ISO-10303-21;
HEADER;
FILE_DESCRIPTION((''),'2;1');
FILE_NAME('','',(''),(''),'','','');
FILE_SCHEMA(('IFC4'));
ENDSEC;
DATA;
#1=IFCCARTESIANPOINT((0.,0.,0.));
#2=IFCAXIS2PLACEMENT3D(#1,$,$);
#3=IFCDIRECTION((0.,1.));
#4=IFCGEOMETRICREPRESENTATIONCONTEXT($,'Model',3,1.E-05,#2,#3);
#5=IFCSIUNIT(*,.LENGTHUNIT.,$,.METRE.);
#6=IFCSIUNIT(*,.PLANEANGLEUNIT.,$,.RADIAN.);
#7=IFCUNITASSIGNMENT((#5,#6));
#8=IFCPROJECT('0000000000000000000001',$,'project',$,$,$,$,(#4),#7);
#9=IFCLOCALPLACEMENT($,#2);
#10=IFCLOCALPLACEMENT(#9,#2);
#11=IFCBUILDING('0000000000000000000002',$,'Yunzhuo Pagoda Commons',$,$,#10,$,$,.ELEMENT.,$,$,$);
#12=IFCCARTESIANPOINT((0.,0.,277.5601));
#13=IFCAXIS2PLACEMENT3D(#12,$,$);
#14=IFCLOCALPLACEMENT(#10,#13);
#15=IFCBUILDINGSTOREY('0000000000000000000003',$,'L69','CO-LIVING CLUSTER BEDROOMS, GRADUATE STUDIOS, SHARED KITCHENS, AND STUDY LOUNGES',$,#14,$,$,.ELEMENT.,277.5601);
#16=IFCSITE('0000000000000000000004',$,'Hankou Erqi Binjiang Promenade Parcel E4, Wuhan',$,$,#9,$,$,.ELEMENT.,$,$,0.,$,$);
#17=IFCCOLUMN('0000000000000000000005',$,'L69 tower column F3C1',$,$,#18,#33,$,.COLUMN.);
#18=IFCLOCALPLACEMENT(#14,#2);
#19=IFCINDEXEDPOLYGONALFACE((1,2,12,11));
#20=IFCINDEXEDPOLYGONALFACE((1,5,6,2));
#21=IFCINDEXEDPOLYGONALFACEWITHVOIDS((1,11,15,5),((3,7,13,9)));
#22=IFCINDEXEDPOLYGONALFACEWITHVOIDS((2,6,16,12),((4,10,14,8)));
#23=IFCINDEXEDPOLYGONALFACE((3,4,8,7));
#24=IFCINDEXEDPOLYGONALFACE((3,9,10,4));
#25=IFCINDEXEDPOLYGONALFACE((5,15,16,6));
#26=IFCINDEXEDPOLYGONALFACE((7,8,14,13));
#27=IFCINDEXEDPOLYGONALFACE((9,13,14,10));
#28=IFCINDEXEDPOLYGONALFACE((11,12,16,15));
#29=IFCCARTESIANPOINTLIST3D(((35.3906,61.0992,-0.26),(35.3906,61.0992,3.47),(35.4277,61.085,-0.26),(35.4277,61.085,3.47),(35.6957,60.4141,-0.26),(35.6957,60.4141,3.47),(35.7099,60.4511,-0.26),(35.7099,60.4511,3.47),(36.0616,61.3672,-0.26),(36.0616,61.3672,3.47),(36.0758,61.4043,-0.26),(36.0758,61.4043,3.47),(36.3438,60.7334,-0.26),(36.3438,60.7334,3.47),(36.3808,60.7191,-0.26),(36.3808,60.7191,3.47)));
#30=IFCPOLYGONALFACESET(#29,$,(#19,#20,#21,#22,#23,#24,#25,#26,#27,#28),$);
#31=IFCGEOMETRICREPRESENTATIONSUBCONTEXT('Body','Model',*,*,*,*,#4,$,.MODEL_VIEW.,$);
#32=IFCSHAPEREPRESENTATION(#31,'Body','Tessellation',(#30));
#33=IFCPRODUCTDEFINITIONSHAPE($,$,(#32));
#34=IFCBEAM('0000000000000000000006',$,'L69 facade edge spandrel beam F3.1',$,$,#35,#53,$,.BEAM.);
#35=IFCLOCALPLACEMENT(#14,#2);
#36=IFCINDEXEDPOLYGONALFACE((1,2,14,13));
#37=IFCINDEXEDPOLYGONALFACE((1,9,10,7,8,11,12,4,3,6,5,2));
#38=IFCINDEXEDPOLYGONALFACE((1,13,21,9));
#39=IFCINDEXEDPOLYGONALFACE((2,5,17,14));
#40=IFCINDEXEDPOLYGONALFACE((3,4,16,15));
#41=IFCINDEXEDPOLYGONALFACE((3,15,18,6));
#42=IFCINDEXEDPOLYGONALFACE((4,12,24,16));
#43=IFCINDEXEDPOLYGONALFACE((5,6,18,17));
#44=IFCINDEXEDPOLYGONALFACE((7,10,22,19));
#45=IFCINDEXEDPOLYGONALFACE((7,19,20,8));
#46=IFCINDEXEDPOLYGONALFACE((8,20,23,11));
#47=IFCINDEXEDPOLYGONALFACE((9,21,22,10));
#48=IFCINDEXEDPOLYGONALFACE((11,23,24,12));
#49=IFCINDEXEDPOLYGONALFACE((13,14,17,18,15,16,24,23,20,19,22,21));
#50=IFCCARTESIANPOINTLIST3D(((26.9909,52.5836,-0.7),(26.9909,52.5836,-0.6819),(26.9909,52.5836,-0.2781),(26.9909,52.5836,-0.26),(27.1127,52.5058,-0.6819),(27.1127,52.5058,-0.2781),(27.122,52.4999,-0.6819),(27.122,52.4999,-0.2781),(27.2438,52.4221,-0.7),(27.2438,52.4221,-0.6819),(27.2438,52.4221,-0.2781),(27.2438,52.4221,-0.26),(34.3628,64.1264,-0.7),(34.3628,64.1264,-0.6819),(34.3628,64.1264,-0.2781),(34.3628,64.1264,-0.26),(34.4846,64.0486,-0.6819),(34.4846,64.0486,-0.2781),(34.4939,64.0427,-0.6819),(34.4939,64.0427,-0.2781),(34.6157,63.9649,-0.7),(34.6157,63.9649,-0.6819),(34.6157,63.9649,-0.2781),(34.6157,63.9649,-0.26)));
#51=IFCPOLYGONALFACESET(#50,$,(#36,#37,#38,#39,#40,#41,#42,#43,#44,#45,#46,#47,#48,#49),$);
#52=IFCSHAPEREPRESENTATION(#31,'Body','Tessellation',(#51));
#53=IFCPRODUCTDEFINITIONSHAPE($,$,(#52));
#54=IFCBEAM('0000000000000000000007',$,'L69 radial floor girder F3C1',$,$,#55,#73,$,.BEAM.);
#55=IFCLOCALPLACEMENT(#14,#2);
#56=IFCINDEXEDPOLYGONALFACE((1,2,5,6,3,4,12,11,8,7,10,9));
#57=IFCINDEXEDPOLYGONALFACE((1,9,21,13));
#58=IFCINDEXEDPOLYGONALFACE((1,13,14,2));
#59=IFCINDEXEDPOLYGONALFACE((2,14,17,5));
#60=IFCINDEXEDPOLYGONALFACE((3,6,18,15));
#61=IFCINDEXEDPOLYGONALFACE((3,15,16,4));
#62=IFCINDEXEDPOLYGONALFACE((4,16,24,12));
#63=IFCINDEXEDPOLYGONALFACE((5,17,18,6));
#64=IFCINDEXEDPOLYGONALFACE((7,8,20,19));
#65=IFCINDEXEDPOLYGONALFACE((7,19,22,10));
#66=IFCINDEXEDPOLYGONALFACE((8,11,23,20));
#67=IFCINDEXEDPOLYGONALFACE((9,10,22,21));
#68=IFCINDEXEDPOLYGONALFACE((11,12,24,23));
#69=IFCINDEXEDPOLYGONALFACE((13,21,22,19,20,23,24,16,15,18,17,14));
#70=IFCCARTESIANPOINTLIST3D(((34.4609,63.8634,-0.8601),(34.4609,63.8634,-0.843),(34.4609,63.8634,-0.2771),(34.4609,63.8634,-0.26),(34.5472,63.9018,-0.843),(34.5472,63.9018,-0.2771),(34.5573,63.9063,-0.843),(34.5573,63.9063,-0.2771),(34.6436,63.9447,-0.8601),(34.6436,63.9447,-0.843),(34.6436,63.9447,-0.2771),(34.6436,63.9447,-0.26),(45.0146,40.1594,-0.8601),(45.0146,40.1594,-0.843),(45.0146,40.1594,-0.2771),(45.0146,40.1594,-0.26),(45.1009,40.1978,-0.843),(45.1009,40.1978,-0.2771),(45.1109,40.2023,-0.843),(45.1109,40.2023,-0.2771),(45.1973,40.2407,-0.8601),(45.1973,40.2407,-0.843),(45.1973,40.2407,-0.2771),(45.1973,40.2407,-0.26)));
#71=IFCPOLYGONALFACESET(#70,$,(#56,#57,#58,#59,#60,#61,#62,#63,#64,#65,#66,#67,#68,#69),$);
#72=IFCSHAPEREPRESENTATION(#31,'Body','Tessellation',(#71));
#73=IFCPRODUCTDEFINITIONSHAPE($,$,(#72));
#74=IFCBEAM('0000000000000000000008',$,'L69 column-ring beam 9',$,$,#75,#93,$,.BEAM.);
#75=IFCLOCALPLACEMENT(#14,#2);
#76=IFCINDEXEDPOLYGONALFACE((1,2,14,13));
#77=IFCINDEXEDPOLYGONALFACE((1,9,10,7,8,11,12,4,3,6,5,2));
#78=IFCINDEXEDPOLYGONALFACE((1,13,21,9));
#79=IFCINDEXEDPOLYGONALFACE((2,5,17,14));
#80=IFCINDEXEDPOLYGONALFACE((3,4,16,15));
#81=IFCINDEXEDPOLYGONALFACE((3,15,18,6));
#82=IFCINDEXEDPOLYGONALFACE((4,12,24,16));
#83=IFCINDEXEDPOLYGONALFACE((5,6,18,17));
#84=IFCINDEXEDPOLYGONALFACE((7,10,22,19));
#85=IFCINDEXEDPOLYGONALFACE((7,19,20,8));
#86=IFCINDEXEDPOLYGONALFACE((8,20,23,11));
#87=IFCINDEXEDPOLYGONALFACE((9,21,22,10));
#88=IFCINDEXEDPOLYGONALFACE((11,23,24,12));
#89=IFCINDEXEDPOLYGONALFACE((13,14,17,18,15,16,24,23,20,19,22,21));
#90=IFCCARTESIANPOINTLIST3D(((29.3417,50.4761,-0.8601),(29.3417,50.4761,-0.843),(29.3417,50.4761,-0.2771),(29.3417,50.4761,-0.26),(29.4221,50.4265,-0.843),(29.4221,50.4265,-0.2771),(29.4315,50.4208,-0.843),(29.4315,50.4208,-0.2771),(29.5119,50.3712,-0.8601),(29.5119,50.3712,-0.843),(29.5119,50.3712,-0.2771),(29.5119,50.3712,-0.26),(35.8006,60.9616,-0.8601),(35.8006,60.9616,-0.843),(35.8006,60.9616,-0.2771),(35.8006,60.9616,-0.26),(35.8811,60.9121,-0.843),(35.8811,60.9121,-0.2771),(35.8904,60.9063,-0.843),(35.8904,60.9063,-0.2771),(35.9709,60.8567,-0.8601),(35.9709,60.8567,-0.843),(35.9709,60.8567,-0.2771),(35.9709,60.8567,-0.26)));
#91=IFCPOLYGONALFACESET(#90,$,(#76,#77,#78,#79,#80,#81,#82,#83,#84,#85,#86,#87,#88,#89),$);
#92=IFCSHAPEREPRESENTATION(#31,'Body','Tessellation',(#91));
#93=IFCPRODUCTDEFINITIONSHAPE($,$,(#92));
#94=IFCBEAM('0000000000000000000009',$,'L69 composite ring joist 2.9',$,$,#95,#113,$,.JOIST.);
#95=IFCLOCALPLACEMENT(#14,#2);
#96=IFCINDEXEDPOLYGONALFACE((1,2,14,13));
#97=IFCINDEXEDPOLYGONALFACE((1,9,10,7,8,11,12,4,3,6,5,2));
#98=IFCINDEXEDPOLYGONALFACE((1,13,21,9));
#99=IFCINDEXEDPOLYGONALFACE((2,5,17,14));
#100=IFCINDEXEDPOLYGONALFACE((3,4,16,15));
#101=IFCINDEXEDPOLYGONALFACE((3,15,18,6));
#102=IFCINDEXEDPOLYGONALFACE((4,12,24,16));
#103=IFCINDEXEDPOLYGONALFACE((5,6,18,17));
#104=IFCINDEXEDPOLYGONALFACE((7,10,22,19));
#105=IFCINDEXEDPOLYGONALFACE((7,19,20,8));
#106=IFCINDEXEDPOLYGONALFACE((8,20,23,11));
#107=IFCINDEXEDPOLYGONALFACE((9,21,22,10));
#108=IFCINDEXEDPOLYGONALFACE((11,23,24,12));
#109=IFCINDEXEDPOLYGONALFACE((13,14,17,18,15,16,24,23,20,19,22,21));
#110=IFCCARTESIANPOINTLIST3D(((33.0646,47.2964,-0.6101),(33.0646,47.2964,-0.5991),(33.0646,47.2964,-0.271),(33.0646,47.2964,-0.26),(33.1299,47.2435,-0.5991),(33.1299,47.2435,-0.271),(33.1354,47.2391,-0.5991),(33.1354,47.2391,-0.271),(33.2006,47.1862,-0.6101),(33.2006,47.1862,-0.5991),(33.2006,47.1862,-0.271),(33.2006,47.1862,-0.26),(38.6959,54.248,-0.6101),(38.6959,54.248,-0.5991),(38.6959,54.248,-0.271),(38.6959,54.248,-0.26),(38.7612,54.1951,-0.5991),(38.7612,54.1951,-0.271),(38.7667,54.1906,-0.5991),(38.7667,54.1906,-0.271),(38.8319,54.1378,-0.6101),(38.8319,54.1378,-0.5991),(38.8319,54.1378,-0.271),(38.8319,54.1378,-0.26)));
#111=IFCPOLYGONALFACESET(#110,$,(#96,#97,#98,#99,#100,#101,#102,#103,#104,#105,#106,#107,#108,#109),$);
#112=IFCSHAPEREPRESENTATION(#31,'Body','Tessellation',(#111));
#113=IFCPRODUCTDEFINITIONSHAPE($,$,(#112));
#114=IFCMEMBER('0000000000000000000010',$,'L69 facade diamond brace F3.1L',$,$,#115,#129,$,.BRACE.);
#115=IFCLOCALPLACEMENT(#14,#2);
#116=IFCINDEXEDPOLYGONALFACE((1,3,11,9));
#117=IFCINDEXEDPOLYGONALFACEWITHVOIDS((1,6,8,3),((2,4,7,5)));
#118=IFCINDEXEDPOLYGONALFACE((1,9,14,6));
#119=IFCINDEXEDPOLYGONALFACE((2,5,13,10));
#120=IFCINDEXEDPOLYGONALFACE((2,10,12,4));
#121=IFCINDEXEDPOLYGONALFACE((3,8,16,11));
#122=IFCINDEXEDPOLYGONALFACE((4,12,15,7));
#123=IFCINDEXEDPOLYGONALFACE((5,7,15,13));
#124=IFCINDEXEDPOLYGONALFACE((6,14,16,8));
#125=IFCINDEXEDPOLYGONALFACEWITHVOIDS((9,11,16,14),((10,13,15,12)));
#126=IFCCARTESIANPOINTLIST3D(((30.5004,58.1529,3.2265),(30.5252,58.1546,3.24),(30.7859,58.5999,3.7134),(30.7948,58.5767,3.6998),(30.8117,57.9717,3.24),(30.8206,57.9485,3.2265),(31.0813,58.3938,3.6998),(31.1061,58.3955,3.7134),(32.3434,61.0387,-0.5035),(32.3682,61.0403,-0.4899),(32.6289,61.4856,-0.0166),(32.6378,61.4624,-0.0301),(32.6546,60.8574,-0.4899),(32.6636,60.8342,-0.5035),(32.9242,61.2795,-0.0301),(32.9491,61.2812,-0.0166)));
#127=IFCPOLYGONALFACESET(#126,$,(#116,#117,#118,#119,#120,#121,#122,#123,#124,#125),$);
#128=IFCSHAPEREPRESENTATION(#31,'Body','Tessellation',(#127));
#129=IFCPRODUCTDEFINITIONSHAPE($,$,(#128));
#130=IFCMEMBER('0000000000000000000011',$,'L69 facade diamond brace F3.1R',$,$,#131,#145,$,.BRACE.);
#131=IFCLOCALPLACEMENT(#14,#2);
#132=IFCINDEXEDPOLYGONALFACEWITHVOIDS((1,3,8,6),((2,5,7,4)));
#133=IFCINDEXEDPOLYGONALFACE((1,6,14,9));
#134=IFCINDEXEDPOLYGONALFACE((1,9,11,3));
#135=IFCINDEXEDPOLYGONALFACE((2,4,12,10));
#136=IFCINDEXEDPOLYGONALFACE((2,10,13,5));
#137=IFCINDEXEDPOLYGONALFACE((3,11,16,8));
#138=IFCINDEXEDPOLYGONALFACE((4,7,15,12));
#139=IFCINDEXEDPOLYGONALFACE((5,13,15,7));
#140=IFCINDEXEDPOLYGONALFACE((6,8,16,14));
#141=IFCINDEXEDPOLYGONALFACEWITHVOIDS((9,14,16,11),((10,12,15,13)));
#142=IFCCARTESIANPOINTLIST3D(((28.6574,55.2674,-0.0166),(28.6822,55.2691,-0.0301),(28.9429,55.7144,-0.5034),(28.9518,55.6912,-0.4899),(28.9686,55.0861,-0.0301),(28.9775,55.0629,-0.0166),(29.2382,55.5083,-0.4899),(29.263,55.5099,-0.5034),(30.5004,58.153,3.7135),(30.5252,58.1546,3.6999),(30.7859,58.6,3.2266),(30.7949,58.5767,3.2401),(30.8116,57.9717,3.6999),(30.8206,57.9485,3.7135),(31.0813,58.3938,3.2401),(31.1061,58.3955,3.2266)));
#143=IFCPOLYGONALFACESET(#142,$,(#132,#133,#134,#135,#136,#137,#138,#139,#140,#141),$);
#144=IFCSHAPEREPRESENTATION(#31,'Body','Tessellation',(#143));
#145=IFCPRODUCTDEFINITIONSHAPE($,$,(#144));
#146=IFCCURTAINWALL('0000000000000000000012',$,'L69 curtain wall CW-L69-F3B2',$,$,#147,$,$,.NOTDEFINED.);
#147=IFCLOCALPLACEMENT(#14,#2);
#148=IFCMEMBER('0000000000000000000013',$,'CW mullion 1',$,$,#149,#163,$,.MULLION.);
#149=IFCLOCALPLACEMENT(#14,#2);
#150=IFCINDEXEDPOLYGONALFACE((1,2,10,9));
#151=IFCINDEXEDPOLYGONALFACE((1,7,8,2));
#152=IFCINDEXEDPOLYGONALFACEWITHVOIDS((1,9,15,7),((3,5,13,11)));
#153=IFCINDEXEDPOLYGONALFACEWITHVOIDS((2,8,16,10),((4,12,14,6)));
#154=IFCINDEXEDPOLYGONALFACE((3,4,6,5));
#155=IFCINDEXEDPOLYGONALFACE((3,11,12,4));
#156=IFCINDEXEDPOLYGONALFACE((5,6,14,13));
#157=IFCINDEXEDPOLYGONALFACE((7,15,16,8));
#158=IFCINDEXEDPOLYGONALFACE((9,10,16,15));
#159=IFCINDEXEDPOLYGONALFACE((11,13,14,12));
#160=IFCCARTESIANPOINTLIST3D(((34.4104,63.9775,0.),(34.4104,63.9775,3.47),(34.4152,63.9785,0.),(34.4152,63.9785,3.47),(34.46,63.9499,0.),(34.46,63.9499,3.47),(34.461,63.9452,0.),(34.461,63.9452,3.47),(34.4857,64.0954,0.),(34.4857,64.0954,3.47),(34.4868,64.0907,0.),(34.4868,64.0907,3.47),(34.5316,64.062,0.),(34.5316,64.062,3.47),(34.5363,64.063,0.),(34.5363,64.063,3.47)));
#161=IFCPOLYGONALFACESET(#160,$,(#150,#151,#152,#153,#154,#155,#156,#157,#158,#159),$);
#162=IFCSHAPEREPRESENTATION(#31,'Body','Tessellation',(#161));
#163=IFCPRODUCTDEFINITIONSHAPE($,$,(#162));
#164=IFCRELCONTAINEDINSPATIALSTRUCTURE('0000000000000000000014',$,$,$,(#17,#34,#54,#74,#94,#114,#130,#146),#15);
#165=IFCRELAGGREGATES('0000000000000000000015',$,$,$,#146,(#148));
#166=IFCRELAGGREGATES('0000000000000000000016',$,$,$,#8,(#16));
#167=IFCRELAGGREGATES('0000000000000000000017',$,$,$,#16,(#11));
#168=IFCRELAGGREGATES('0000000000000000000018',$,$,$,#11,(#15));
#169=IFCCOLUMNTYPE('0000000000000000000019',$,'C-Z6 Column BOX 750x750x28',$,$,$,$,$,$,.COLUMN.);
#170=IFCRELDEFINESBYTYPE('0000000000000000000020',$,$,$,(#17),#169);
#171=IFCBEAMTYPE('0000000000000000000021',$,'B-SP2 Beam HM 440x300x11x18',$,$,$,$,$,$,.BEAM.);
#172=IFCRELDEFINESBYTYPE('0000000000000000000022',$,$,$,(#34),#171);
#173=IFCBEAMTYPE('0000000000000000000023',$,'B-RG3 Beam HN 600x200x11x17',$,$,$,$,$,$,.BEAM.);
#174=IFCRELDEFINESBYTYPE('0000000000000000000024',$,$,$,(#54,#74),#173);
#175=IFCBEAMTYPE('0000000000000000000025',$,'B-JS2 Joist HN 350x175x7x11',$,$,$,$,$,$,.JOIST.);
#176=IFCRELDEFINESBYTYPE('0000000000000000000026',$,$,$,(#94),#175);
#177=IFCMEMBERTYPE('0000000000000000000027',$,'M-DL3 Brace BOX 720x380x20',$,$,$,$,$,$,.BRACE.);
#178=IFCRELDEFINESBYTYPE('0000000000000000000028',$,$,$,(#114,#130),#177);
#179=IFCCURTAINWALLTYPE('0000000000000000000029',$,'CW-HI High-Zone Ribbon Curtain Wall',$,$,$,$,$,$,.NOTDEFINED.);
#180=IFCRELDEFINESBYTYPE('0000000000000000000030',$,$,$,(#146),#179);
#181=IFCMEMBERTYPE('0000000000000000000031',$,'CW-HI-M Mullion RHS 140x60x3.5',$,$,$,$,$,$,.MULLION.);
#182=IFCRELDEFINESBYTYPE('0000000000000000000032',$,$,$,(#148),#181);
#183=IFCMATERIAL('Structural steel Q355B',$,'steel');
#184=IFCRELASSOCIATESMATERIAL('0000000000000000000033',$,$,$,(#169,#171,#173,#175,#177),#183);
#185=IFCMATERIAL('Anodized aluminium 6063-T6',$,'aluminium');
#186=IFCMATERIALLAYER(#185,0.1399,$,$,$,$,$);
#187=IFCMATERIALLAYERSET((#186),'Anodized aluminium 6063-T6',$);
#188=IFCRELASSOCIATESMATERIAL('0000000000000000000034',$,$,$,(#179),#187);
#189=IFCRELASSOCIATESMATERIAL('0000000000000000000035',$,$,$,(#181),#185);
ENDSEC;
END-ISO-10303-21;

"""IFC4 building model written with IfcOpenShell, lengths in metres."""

from ifc_helpers import new_model, si_unit, direction, frame, origin, origin_2d, place, context, subcontext, project, spatial, hollow_rectangle, i_section, extrude, source, transform, mapped, material, layer, layer_set, material_profile, profile_set, type_object, element, aggregate, save


model = new_model("IFC4")

# Units and contexts
model_context = context("Model", 3, precision=1e-05, world=origin(), true_north=direction((0.0, 1.0)))
body_context = subcontext(model_context, "Body", "Model", "MODEL_VIEW")
ifc_project = project(units=[si_unit("LENGTHUNIT", "METRE"), si_unit("PLANEANGLEUNIT", "RADIAN")], contexts=[model_context])

# Site, building, storey
site_placement = place(None, origin())
site = spatial("IfcSite", under=ifc_project, at=site_placement, Name="Hankou Erqi Binjiang Promenade Parcel E4, Wuhan", CompositionType="ELEMENT", RefElevation=0.0)
building_placement = place(site_placement, origin())
building = spatial("IfcBuilding", under=site, at=building_placement, Name="Yunzhuo Pagoda Commons", CompositionType="ELEMENT")
storey_placement = place(building_placement, frame((0.0, 0.0, 277.5601)))
storey = spatial("IfcBuildingStorey", under=building, at=storey_placement, Name="L69", Description="CO-LIVING CLUSTER BEDROOMS, GRADUATE STUDIOS, SHARED KITCHENS, AND STUDY LOUNGES", CompositionType="ELEMENT", Elevation=277.5601)

# Column
ifc_material_1 = material(Name="Structural steel Q355B", Category="steel")
ifc_material_profile_1 = material_profile(ifc_material_1, hollow_rectangle(XDim=0.75, YDim=0.75, WallThickness=0.0281, at=origin_2d()), Name="Structural steel Q355B")
ifc_profile_set_1 = profile_set([ifc_material_profile_1], Name="Structural steel Q355B")
column_type = type_object("IfcColumnType", Name="C-Z6 Column BOX 750x750x28", PredefinedType="COLUMN", material=ifc_profile_set_1)
shared_shape_1 = source(origin(), body_context, "Body", "SweptSolid", [
    extrude(hollow_rectangle(XDim=0.75, YDim=0.75, WallThickness=0.0281, at=origin_2d()), origin(), (0.0, 0.0, 1.0), 3.73),
])
column_placement = place(storey_placement, frame((35.8857, 60.9092, -0.26), z_axis=(0.0, 0.0, 1.0), x_axis=(-0.913545, -0.406737, 0.0)))
element("IfcColumn", 1, at=column_placement, inside=storey, type_object=column_type, Name="L69 tower column F3C1", PredefinedType="COLUMN", context=body_context, shape_type="MappedRepresentation", body=[
    mapped(shared_shape_1, transform((0.0, 0.0, 0.0), scale=1.0)),
])

# Beams
ifc_material_profile_2 = material_profile(ifc_material_1, i_section(OverallWidth=0.3, OverallDepth=0.4399, WebThickness=0.011, FlangeThickness=0.0181, at=origin_2d()), Name="Structural steel Q355B")
ifc_profile_set_2 = profile_set([ifc_material_profile_2], Name="Structural steel Q355B")
beam_type_1 = type_object("IfcBeamType", Name="B-SP2 Beam HM 440x300x11x18", PredefinedType="BEAM", material=ifc_profile_set_2)
shared_shape_2 = source(origin(), body_context, "Body", "SweptSolid", [
    extrude(i_section(OverallWidth=0.3, OverallDepth=0.4399, WebThickness=0.011, FlangeThickness=0.0181, at=origin_2d()), origin(), (0.0, 0.0, 1.0), 13.696),
])
beam_1_placement = place(storey_placement, frame((34.4893, 64.0457, -0.48), z_axis=(-0.53825, -0.842785, 0.0), x_axis=(0.842785, -0.53825, 0.0)))
element("IfcBeam", 2, at=beam_1_placement, inside=storey, type_object=beam_type_1, Name="L69 facade edge spandrel beam F3.1", PredefinedType="BEAM", context=body_context, shape_type="MappedRepresentation", body=[
    mapped(shared_shape_2, transform((0.0, 0.0, 0.0), scale=1.0)),
])
ifc_material_profile_3 = material_profile(ifc_material_1, i_section(OverallWidth=0.2, OverallDepth=0.6001, WebThickness=0.011, FlangeThickness=0.0171, at=origin_2d()), Name="Structural steel Q355B")
ifc_profile_set_3 = profile_set([ifc_material_profile_3], Name="Structural steel Q355B")
beam_type_2 = type_object("IfcBeamType", Name="B-RG3 Beam HN 600x200x11x17", PredefinedType="BEAM", material=ifc_profile_set_3)
shared_shape_3 = source(origin(), body_context, "Body", "SweptSolid", [
    extrude(i_section(OverallWidth=0.2, OverallDepth=0.6001, WebThickness=0.011, FlangeThickness=0.0171, at=origin_2d()), origin(), (0.0, 0.0, 1.0), 25.9473),
])
beam_2_placement = place(storey_placement, frame((34.5522, 63.9041, -0.5601), z_axis=(0.406736, -0.913546, 0.0), x_axis=(0.913546, 0.406736, 0.0)))
element("IfcBeam", 3, at=beam_2_placement, inside=storey, type_object=beam_type_2, Name="L69 radial floor girder F3C1", PredefinedType="BEAM", context=body_context, shape_type="MappedRepresentation", body=[
    mapped(shared_shape_3, transform((0.0, 0.0, 0.0), scale=1.0)),
])
shared_shape_4 = source(origin(), body_context, "Body", "SweptSolid", [
    extrude(i_section(OverallWidth=0.2, OverallDepth=0.6001, WebThickness=0.011, FlangeThickness=0.0171, at=origin_2d()), origin(), (0.0, 0.0, 1.0), 12.3152),
])
beam_3_placement = place(storey_placement, frame((35.8857, 60.9092, -0.5601), z_axis=(-0.524469, -0.85143, 0.0), x_axis=(0.85143, -0.524469, 0.0)))
element("IfcBeam", 4, at=beam_3_placement, inside=storey, type_object=beam_type_2, Name="L69 column-ring beam 9", PredefinedType="BEAM", context=body_context, shape_type="MappedRepresentation", body=[
    mapped(shared_shape_4, transform((0.0, 0.0, 0.0), scale=1.0)),
])
ifc_material_profile_4 = material_profile(ifc_material_1, i_section(OverallWidth=0.175, OverallDepth=0.3501, WebThickness=0.0071, FlangeThickness=0.011, at=origin_2d()), Name="Structural steel Q355B")
ifc_profile_set_4 = profile_set([ifc_material_profile_4], Name="Structural steel Q355B")
beam_type_3 = type_object("IfcBeamType", Name="B-JS2 Joist HN 350x175x7x11", PredefinedType="JOIST", material=ifc_profile_set_4)
shared_shape_5 = source(origin(), body_context, "Body", "SweptSolid", [
    extrude(i_section(OverallWidth=0.175, OverallDepth=0.3501, WebThickness=0.0071, FlangeThickness=0.011, at=origin_2d()), origin(), (0.0, 0.0, 1.0), 8.9463),
])
beam_4_placement = place(storey_placement, frame((38.7639, 54.1929, -0.4351), z_axis=(-0.629456, -0.777036, 0.0), x_axis=(0.777036, -0.629456, 0.0)))
element("IfcBeam", 5, at=beam_4_placement, inside=storey, type_object=beam_type_3, Name="L69 composite ring joist 2.9", PredefinedType="JOIST", context=body_context, shape_type="MappedRepresentation", body=[
    mapped(shared_shape_5, transform((0.0, 0.0, 0.0), scale=1.0)),
])

# Members
ifc_material_profile_5 = material_profile(ifc_material_1, hollow_rectangle(XDim=0.3799, YDim=0.72, WallThickness=0.02, at=origin_2d()), Name="Structural steel Q355B")
ifc_profile_set_5 = profile_set([ifc_material_profile_5], Name="Structural steel Q355B")
member_type_1 = type_object("IfcMemberType", Name="M-DL3 Brace BOX 720x380x20", PredefinedType="BRACE", material=ifc_profile_set_5)
shared_shape_6 = source(origin(), body_context, "Body", "SweptSolid", [
    extrude(hollow_rectangle(XDim=0.3799, YDim=0.72, WallThickness=0.02, at=origin_2d()), origin(), (0.0, 0.0, 1.0), 5.0632),
])
for number, where, z_axis, x_axis, name in (
    (6, (32.6462, 61.1599, -0.26), (-0.363996, -0.569933, 0.73667), (0.842783, -0.538254, 0.0), "L69 facade diamond brace F3.1L"),
    (7, (28.9602, 55.3887, -0.26), (0.364006, 0.569901, 0.736691), (-0.842762, 0.538287, 0.0), "L69 facade diamond brace F3.1R"),
):
    element("IfcMember", number, at=place(storey_placement, frame(where, z_axis=z_axis, x_axis=x_axis)), inside=storey, type_object=member_type_1, Name=name, PredefinedType="BRACE", context=body_context, shape_type="MappedRepresentation", body=[
        mapped(shared_shape_6, transform((0.0, 0.0, 0.0), scale=1.0)),
    ])

# Curtain wall, member
ifc_material_2 = material(Name="Anodized aluminium 6063-T6", Category="aluminium")
ifc_layer_1 = layer(ifc_material_2, 0.1399)
ifc_layer_set_1 = layer_set([ifc_layer_1], Name="Anodized aluminium 6063-T6")
curtain_wall_type = type_object("IfcCurtainWallType", Name="CW-HI High-Zone Ribbon Curtain Wall", PredefinedType="NOTDEFINED", material=ifc_layer_set_1)
curtain_wall_1_placement = place(storey_placement, origin())
curtain_wall_1 = element("IfcCurtainWall", 8, at=curtain_wall_1_placement, inside=storey, type_object=curtain_wall_type, Name="L69 curtain wall CW-L69-F3B2", PredefinedType="NOTDEFINED")
ifc_material_profile_6 = material_profile(ifc_material_2, hollow_rectangle(XDim=0.0601, YDim=0.1399, WallThickness=0.0034, at=origin_2d()), Name="Anodized aluminium 6063-T6")
ifc_profile_set_6 = profile_set([ifc_material_profile_6], Name="Anodized aluminium 6063-T6")
member_type_2 = type_object("IfcMemberType", Name="CW-HI-M Mullion RHS 140x60x3.5", PredefinedType="MULLION", material=ifc_profile_set_6)
shared_shape_7 = source(origin(), body_context, "Body", "SweptSolid", [
    extrude(hollow_rectangle(XDim=0.0601, YDim=0.1399, WallThickness=0.0034, at=origin_2d()), origin(), (0.0, 0.0, 1.0), 3.47),
])
member_1_placement = place(storey_placement, frame((34.4734, 64.0203, 0.0), z_axis=(0.0, 0.0, 1.0), x_axis=(0.842779, -0.53826, 0.0)))
member_1 = element("IfcMember", 9, at=member_1_placement, type_object=member_type_2, Name="CW mullion 1", PredefinedType="MULLION", context=body_context, shape_type="MappedRepresentation", body=[
    mapped(shared_shape_7, transform((0.0, 0.0, 0.0), scale=1.0)),
])

aggregate(curtain_wall_1, [member_1])

save(model, "model.ifc")
